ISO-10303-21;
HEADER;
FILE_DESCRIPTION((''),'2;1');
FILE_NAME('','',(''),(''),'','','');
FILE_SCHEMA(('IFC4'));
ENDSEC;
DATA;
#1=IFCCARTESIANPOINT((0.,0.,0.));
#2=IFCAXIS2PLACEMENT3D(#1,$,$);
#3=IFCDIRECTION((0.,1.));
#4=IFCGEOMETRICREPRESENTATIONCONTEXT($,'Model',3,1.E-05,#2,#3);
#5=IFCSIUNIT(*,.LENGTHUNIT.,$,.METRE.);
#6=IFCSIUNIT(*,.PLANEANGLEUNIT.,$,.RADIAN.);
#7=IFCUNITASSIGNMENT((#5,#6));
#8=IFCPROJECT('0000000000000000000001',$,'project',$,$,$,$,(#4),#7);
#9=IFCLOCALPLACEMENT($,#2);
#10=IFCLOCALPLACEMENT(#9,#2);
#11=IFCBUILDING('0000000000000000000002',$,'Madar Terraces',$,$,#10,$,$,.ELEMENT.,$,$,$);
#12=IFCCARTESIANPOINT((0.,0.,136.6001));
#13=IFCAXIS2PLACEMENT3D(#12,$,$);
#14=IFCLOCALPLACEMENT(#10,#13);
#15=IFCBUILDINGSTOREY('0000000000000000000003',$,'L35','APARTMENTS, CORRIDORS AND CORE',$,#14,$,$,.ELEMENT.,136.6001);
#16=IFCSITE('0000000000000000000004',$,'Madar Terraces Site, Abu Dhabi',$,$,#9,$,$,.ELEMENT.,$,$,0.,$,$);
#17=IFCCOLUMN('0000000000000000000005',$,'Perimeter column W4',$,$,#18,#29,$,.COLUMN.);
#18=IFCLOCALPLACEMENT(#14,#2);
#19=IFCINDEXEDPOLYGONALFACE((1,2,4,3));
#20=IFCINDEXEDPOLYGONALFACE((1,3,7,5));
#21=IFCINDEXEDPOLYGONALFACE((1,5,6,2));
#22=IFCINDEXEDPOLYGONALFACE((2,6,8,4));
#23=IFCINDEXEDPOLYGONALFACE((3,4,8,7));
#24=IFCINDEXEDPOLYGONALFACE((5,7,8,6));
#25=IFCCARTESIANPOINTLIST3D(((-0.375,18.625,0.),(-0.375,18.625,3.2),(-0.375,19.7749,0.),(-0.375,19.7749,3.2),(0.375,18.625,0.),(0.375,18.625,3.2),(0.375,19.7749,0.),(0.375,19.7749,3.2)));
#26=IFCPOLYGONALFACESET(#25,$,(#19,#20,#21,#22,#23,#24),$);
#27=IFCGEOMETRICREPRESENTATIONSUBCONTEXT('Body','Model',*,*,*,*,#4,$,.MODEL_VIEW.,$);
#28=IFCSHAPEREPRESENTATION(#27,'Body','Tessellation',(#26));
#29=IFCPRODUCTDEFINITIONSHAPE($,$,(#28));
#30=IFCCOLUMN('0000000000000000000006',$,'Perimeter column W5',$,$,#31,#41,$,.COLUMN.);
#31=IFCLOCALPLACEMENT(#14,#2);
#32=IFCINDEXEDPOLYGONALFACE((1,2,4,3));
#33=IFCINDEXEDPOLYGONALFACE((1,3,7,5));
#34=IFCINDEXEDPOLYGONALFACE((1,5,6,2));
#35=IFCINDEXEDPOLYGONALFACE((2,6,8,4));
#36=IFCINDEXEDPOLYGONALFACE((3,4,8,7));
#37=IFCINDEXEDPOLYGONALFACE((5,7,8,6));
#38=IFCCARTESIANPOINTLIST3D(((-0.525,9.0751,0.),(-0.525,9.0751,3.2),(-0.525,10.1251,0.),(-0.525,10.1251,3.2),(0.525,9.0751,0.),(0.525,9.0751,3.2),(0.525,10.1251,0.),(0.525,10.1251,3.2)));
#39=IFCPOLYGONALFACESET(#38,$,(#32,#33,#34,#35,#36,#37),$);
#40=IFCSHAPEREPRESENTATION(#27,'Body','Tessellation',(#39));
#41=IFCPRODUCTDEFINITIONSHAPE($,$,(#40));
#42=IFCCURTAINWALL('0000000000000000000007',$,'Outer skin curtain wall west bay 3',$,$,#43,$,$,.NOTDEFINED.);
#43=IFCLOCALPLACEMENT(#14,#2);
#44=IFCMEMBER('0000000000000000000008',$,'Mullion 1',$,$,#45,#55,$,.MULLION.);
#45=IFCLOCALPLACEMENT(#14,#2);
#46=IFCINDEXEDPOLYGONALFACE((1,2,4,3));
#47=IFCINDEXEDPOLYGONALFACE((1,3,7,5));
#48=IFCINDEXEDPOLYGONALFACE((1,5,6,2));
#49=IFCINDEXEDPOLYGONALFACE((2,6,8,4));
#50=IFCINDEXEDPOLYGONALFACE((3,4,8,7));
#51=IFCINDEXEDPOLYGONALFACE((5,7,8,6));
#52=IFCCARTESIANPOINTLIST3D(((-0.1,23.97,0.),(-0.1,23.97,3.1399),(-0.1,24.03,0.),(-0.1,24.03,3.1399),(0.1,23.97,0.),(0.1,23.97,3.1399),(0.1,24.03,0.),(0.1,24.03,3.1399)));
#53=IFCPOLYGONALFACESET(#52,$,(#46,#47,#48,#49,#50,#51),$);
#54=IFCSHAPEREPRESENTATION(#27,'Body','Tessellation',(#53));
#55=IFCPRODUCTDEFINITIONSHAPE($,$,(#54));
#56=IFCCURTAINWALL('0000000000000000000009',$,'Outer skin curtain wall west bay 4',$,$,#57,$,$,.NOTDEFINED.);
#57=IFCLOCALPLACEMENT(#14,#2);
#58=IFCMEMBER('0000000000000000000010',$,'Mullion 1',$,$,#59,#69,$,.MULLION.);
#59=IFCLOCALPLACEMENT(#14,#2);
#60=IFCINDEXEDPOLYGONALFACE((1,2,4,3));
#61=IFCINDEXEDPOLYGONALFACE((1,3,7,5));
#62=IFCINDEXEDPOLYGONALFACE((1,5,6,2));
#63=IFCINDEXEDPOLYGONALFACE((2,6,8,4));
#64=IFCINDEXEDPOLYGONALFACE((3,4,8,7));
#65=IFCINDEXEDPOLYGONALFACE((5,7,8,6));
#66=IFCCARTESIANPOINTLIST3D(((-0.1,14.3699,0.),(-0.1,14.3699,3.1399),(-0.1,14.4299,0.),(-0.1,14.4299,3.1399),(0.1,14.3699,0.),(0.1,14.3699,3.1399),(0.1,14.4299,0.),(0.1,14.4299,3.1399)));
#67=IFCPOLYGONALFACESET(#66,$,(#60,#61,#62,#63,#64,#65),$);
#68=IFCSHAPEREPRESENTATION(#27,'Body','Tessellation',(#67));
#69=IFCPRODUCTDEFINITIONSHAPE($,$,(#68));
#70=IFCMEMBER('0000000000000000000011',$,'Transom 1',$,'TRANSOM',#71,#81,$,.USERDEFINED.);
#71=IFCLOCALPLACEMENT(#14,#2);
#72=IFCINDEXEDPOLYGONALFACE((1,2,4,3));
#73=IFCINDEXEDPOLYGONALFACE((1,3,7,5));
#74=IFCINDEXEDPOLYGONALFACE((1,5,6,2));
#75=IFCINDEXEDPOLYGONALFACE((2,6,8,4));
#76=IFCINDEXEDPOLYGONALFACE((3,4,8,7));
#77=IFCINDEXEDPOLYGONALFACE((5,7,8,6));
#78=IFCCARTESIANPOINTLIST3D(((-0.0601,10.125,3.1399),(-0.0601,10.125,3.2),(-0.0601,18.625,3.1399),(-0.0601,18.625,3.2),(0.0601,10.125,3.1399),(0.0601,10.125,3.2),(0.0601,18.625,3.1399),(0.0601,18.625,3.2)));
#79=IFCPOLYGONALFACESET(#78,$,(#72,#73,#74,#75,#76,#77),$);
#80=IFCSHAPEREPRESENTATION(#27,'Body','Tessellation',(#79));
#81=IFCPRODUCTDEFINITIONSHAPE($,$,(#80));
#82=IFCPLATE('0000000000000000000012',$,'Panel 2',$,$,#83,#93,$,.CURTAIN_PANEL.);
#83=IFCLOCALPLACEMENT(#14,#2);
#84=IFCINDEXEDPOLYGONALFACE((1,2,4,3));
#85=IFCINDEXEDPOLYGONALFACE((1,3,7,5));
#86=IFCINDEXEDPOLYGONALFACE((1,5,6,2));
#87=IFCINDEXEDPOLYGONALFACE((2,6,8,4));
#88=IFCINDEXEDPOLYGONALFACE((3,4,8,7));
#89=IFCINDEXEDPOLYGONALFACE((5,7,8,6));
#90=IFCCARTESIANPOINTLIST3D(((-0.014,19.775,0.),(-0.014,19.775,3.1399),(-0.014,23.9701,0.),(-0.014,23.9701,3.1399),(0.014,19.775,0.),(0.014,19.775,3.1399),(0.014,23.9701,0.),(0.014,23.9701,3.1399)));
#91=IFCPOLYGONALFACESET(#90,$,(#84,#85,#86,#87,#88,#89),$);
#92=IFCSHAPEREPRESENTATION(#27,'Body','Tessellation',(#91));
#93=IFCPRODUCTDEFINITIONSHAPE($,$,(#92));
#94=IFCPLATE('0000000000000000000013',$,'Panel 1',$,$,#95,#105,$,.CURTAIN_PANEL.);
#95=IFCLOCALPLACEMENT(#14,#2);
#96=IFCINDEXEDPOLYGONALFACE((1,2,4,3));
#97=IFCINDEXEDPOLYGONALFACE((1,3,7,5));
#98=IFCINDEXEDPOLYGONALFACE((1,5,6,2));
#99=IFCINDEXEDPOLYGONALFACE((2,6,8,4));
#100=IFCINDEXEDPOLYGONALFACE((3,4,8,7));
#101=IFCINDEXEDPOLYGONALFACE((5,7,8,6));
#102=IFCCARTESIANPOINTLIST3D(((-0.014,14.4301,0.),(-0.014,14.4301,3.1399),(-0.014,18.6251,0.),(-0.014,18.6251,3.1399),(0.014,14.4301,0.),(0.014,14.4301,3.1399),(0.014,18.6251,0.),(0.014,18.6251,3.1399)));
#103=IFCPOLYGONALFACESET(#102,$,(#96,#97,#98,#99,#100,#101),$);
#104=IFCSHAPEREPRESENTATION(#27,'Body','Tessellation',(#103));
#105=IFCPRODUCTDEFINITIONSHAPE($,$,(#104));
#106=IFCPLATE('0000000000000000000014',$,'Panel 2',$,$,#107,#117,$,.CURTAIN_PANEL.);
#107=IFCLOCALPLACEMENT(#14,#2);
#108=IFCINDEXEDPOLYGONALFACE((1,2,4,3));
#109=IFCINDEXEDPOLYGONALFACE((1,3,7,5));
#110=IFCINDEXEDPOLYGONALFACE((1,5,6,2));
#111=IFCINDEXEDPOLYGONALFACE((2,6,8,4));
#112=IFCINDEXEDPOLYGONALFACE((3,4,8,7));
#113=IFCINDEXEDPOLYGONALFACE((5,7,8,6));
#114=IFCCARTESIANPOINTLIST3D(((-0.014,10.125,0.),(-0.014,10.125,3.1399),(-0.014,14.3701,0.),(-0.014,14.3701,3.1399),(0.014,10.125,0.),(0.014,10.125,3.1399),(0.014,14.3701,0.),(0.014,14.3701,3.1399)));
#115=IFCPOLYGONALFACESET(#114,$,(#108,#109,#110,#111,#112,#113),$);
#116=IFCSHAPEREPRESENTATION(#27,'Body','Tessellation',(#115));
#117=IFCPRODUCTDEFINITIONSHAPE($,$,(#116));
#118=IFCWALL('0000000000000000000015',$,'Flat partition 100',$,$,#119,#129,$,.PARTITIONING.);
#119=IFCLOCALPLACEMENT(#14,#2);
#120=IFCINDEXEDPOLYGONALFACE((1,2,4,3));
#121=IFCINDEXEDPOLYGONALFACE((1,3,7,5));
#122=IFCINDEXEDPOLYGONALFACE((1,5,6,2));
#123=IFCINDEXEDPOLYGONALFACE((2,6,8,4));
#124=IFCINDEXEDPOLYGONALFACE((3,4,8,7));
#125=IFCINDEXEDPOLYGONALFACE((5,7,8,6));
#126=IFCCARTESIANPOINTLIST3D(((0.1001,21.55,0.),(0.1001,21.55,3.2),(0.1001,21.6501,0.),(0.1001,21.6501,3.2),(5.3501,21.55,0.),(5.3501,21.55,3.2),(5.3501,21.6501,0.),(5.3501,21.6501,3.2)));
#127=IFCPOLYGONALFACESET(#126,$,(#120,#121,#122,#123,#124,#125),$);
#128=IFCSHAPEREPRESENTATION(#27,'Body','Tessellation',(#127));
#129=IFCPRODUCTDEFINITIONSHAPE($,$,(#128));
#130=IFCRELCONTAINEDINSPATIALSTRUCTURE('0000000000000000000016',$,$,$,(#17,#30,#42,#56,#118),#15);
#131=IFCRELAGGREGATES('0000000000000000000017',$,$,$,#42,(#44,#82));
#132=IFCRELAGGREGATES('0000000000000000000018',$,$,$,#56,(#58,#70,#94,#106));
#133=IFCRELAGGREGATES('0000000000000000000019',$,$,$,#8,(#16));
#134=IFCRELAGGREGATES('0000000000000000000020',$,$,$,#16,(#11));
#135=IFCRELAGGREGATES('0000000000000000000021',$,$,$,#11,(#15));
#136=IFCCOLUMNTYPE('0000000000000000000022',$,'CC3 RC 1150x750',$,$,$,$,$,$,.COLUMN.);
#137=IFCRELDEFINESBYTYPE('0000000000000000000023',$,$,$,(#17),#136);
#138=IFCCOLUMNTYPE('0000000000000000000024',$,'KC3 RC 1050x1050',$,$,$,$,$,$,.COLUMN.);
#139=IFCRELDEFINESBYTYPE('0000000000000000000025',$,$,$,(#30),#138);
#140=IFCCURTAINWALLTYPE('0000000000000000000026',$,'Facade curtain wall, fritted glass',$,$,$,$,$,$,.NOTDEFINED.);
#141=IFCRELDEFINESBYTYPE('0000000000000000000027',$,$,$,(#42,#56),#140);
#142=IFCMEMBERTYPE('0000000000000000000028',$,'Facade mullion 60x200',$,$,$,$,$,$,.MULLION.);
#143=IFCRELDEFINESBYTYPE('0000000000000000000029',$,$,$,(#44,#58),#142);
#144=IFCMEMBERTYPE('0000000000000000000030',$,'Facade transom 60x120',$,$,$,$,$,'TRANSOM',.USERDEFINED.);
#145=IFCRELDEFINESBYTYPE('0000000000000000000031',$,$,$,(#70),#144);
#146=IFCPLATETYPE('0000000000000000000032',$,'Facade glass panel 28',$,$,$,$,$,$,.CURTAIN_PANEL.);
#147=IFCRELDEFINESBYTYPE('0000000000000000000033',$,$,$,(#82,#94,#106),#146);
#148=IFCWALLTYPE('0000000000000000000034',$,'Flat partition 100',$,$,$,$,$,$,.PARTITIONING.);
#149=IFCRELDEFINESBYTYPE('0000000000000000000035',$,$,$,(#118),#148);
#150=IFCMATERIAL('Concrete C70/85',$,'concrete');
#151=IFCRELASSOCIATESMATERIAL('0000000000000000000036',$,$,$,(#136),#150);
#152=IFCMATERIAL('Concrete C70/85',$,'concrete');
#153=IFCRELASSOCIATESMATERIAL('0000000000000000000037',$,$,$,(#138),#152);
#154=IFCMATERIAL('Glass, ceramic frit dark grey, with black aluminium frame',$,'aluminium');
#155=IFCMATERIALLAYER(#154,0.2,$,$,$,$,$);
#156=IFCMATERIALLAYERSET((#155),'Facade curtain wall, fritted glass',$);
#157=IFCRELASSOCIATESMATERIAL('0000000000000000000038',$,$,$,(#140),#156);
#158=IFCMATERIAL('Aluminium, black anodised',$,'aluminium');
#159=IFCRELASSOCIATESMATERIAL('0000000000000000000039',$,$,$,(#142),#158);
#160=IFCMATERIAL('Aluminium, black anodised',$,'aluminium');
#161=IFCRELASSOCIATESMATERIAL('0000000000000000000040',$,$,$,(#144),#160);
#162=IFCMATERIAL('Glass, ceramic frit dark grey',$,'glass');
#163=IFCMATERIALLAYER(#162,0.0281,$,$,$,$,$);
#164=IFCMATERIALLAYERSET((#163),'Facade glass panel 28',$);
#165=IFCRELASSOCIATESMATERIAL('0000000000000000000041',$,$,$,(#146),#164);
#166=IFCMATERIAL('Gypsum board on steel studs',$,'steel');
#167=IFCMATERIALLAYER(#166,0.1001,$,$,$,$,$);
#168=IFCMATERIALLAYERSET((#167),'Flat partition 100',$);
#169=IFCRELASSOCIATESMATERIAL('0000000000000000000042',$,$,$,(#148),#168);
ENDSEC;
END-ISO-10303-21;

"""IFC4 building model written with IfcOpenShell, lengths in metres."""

from ifc_helpers import new_model, si_unit, direction, frame, frame_2d, origin, origin_2d, place, context, subcontext, project, spatial, rectangle, extrude, material, layer, layer_set, material_profile, profile_set, type_object, element, aggregate, save


model = new_model("IFC4")

# Units and contexts
model_context = context("Model", 3, precision=1e-05, world=origin(), true_north=direction((0.0, 1.0)))
body_context = subcontext(model_context, "Body", "Model", "MODEL_VIEW")
ifc_project = project(units=[si_unit("LENGTHUNIT", "METRE"), si_unit("PLANEANGLEUNIT", "RADIAN")], contexts=[model_context])

# Site, building, storey
site_placement = place(None, origin())
site = spatial("IfcSite", under=ifc_project, at=site_placement, Name="Madar Terraces Site, Abu Dhabi", CompositionType="ELEMENT", RefElevation=0.0)
building_placement = place(site_placement, origin())
building = spatial("IfcBuilding", under=site, at=building_placement, Name="Madar Terraces", CompositionType="ELEMENT")
storey_placement = place(building_placement, frame((0.0, 0.0, 136.6001)))
storey = spatial("IfcBuildingStorey", under=building, at=storey_placement, Name="L35", Description="APARTMENTS, CORRIDORS AND CORE", CompositionType="ELEMENT", Elevation=136.6001)

# Columns
ifc_material_1 = material(Name="Concrete C70/85", Category="concrete")
ifc_material_profile_1 = material_profile(ifc_material_1, rectangle(XDim=1.1499, YDim=0.75, at=origin_2d()), Name="CC3 RC 1150x750")
ifc_profile_set_1 = profile_set([ifc_material_profile_1], Name="Concrete C70/85")
column_type_1 = type_object("IfcColumnType", Name="CC3 RC 1150x750", PredefinedType="COLUMN", material=ifc_profile_set_1)
column_1_placement = place(storey_placement, frame((0.0, 19.2, 0.0), z_axis=(0.0, 0.0, 1.0), x_axis=(0.0, 1.0, 0.0)))
element("IfcColumn", 1, at=column_1_placement, inside=storey, type_object=column_type_1, Name="Perimeter column W4", PredefinedType="COLUMN", context=body_context, shape_type="SweptSolid", body=[
    extrude(rectangle(XDim=1.1499, YDim=0.75, at=origin_2d()), origin(), (0.0, 0.0, 1.0), 3.2),
])
ifc_material_2 = material(Name="Concrete C70/85", Category="concrete")
ifc_material_profile_2 = material_profile(ifc_material_2, rectangle(XDim=1.05, YDim=1.05, at=origin_2d()), Name="KC3 RC 1050x1050")
ifc_profile_set_2 = profile_set([ifc_material_profile_2], Name="Concrete C70/85")
column_type_2 = type_object("IfcColumnType", Name="KC3 RC 1050x1050", PredefinedType="COLUMN", material=ifc_profile_set_2)
column_2_placement = place(storey_placement, frame((0.0, 9.6001, 0.0), z_axis=(0.0, 0.0, 1.0), x_axis=(1.0, 0.0, 0.0)))
element("IfcColumn", 2, at=column_2_placement, inside=storey, type_object=column_type_2, Name="Perimeter column W5", PredefinedType="COLUMN", context=body_context, shape_type="SweptSolid", body=[
    extrude(rectangle(XDim=1.05, YDim=1.05, at=origin_2d()), origin(), (0.0, 0.0, 1.0), 3.2),
])

# Curtain wall, member
ifc_material_3 = material(Name="Glass, ceramic frit dark grey, with black aluminium frame", Category="aluminium")
ifc_layer_1 = layer(ifc_material_3, 0.2)
ifc_layer_set_1 = layer_set([ifc_layer_1], Name="Facade curtain wall, fritted glass")
curtain_wall_type = type_object("IfcCurtainWallType", Name="Facade curtain wall, fritted glass", PredefinedType="NOTDEFINED", material=ifc_layer_set_1)
curtain_wall_1_placement = place(storey_placement, origin())
curtain_wall_1 = element("IfcCurtainWall", 3, at=curtain_wall_1_placement, inside=storey, type_object=curtain_wall_type, Name="Outer skin curtain wall west bay 3", PredefinedType="NOTDEFINED")
ifc_material_4 = material(Name="Aluminium, black anodised", Category="aluminium")
ifc_material_profile_3 = material_profile(ifc_material_4, rectangle(XDim=0.2, YDim=0.0601, at=origin_2d()), Name="Facade mullion 60x200")
ifc_profile_set_3 = profile_set([ifc_material_profile_3], Name="Aluminium, black anodised")
member_type_1 = type_object("IfcMemberType", Name="Facade mullion 60x200", PredefinedType="MULLION", material=ifc_profile_set_3)
member_1_placement = place(storey_placement, frame((0.0, 24.0, 0.0), z_axis=(0.0, 0.0, 1.0), x_axis=(1.0, 0.0, 0.0)))
member_1 = element("IfcMember", 4, at=member_1_placement, type_object=member_type_1, Name="Mullion 1", PredefinedType="MULLION", context=body_context, shape_type="SweptSolid", body=[
    extrude(rectangle(XDim=0.2, YDim=0.0601, at=origin_2d()), origin(), (0.0, 0.0, 1.0), 3.1399),
])

# Curtain wall, members
curtain_wall_2_placement = place(storey_placement, origin())
curtain_wall_2 = element("IfcCurtainWall", 5, at=curtain_wall_2_placement, inside=storey, type_object=curtain_wall_type, Name="Outer skin curtain wall west bay 4", PredefinedType="NOTDEFINED")
member_2_placement = place(storey_placement, frame((0.0, 14.3999, 0.0), z_axis=(0.0, 0.0, 1.0), x_axis=(1.0, 0.0, 0.0)))
member_2 = element("IfcMember", 6, at=member_2_placement, type_object=member_type_1, Name="Mullion 1", PredefinedType="MULLION", context=body_context, shape_type="SweptSolid", body=[
    extrude(rectangle(XDim=0.2, YDim=0.0601, at=origin_2d()), origin(), (0.0, 0.0, 1.0), 3.1399),
])
ifc_material_5 = material(Name="Aluminium, black anodised", Category="aluminium")
ifc_material_profile_4 = material_profile(ifc_material_5, rectangle(XDim=0.1201, YDim=0.0601, at=origin_2d()), Name="Facade transom 60x120")
ifc_profile_set_4 = profile_set([ifc_material_profile_4], Name="Aluminium, black anodised")
member_type_2 = type_object("IfcMemberType", Name="Facade transom 60x120", ElementType="TRANSOM", PredefinedType="USERDEFINED", material=ifc_profile_set_4)
member_3_placement = place(storey_placement, frame((0.0, 18.625, 3.1699), z_axis=(0.0, -1.0, 0.0), x_axis=(1.0, 0.0, 0.0)))
member_3 = element("IfcMember", 7, at=member_3_placement, type_object=member_type_2, Name="Transom 1", ObjectType="TRANSOM", PredefinedType="USERDEFINED", context=body_context, shape_type="SweptSolid", body=[
    extrude(rectangle(XDim=0.1201, YDim=0.0601, at=origin_2d()), origin(), (0.0, 0.0, 1.0), 8.5),
])

# Plates
ifc_material_6 = material(Name="Glass, ceramic frit dark grey", Category="glass")
ifc_layer_2 = layer(ifc_material_6, 0.0281)
ifc_layer_set_2 = layer_set([ifc_layer_2], Name="Facade glass panel 28")
plate_type = type_object("IfcPlateType", Name="Facade glass panel 28", PredefinedType="CURTAIN_PANEL", material=ifc_layer_set_2)
plate_1_placement = place(storey_placement, frame((0.0, 21.8726, 0.0), z_axis=(0.0, 0.0, 1.0), x_axis=(0.0, -1.0, 0.0)))
plate_1 = element("IfcPlate", 8, at=plate_1_placement, type_object=plate_type, Name="Panel 2", PredefinedType="CURTAIN_PANEL", context=body_context, shape_type="SweptSolid", body=[
    extrude(rectangle(XDim=4.1951, YDim=0.0281, at=origin_2d()), origin(), (0.0, 0.0, 1.0), 3.1399),
])
aggregate(curtain_wall_1, [member_1, plate_1])
plate_2_placement = place(storey_placement, frame((0.0, 16.5276, 0.0), z_axis=(0.0, 0.0, 1.0), x_axis=(0.0, -1.0, 0.0)))
plate_2 = element("IfcPlate", 9, at=plate_2_placement, type_object=plate_type, Name="Panel 1", PredefinedType="CURTAIN_PANEL", context=body_context, shape_type="SweptSolid", body=[
    extrude(rectangle(XDim=4.1951, YDim=0.0281, at=origin_2d()), origin(), (0.0, 0.0, 1.0), 3.1399),
])
plate_3_placement = place(storey_placement, frame((0.0, 12.2476, 0.0), z_axis=(0.0, 0.0, 1.0), x_axis=(0.0, -1.0, 0.0)))
plate_3 = element("IfcPlate", 10, at=plate_3_placement, type_object=plate_type, Name="Panel 2", PredefinedType="CURTAIN_PANEL", context=body_context, shape_type="SweptSolid", body=[
    extrude(rectangle(XDim=4.2451, YDim=0.0281, at=origin_2d()), origin(), (0.0, 0.0, 1.0), 3.1399),
])
aggregate(curtain_wall_2, [member_2, member_3, plate_2, plate_3])

# Wall
ifc_material_7 = material(Name="Gypsum board on steel studs", Category="steel")
ifc_layer_3 = layer(ifc_material_7, 0.1001)
ifc_layer_set_3 = layer_set([ifc_layer_3], Name="Flat partition 100")
wall_type_1 = type_object("IfcWallType", Name="Flat partition 100", PredefinedType="PARTITIONING", material=ifc_layer_set_3)
wall_1_placement = place(storey_placement, frame((5.3501, 21.6001, 0.0), z_axis=(0.0, 0.0, 1.0), x_axis=(-1.0, 0.0, 0.0)))
element("IfcWall", 11, at=wall_1_placement, inside=storey, type_object=wall_type_1, Name="Flat partition 100", PredefinedType="PARTITIONING", context=body_context, shape_type="SweptSolid", body=[
    extrude(rectangle(XDim=5.25, YDim=0.1001, at=frame_2d((2.625, 0.0))), origin(), (0.0, 0.0, 1.0), 3.2),
])

save(model, "model.ifc")
